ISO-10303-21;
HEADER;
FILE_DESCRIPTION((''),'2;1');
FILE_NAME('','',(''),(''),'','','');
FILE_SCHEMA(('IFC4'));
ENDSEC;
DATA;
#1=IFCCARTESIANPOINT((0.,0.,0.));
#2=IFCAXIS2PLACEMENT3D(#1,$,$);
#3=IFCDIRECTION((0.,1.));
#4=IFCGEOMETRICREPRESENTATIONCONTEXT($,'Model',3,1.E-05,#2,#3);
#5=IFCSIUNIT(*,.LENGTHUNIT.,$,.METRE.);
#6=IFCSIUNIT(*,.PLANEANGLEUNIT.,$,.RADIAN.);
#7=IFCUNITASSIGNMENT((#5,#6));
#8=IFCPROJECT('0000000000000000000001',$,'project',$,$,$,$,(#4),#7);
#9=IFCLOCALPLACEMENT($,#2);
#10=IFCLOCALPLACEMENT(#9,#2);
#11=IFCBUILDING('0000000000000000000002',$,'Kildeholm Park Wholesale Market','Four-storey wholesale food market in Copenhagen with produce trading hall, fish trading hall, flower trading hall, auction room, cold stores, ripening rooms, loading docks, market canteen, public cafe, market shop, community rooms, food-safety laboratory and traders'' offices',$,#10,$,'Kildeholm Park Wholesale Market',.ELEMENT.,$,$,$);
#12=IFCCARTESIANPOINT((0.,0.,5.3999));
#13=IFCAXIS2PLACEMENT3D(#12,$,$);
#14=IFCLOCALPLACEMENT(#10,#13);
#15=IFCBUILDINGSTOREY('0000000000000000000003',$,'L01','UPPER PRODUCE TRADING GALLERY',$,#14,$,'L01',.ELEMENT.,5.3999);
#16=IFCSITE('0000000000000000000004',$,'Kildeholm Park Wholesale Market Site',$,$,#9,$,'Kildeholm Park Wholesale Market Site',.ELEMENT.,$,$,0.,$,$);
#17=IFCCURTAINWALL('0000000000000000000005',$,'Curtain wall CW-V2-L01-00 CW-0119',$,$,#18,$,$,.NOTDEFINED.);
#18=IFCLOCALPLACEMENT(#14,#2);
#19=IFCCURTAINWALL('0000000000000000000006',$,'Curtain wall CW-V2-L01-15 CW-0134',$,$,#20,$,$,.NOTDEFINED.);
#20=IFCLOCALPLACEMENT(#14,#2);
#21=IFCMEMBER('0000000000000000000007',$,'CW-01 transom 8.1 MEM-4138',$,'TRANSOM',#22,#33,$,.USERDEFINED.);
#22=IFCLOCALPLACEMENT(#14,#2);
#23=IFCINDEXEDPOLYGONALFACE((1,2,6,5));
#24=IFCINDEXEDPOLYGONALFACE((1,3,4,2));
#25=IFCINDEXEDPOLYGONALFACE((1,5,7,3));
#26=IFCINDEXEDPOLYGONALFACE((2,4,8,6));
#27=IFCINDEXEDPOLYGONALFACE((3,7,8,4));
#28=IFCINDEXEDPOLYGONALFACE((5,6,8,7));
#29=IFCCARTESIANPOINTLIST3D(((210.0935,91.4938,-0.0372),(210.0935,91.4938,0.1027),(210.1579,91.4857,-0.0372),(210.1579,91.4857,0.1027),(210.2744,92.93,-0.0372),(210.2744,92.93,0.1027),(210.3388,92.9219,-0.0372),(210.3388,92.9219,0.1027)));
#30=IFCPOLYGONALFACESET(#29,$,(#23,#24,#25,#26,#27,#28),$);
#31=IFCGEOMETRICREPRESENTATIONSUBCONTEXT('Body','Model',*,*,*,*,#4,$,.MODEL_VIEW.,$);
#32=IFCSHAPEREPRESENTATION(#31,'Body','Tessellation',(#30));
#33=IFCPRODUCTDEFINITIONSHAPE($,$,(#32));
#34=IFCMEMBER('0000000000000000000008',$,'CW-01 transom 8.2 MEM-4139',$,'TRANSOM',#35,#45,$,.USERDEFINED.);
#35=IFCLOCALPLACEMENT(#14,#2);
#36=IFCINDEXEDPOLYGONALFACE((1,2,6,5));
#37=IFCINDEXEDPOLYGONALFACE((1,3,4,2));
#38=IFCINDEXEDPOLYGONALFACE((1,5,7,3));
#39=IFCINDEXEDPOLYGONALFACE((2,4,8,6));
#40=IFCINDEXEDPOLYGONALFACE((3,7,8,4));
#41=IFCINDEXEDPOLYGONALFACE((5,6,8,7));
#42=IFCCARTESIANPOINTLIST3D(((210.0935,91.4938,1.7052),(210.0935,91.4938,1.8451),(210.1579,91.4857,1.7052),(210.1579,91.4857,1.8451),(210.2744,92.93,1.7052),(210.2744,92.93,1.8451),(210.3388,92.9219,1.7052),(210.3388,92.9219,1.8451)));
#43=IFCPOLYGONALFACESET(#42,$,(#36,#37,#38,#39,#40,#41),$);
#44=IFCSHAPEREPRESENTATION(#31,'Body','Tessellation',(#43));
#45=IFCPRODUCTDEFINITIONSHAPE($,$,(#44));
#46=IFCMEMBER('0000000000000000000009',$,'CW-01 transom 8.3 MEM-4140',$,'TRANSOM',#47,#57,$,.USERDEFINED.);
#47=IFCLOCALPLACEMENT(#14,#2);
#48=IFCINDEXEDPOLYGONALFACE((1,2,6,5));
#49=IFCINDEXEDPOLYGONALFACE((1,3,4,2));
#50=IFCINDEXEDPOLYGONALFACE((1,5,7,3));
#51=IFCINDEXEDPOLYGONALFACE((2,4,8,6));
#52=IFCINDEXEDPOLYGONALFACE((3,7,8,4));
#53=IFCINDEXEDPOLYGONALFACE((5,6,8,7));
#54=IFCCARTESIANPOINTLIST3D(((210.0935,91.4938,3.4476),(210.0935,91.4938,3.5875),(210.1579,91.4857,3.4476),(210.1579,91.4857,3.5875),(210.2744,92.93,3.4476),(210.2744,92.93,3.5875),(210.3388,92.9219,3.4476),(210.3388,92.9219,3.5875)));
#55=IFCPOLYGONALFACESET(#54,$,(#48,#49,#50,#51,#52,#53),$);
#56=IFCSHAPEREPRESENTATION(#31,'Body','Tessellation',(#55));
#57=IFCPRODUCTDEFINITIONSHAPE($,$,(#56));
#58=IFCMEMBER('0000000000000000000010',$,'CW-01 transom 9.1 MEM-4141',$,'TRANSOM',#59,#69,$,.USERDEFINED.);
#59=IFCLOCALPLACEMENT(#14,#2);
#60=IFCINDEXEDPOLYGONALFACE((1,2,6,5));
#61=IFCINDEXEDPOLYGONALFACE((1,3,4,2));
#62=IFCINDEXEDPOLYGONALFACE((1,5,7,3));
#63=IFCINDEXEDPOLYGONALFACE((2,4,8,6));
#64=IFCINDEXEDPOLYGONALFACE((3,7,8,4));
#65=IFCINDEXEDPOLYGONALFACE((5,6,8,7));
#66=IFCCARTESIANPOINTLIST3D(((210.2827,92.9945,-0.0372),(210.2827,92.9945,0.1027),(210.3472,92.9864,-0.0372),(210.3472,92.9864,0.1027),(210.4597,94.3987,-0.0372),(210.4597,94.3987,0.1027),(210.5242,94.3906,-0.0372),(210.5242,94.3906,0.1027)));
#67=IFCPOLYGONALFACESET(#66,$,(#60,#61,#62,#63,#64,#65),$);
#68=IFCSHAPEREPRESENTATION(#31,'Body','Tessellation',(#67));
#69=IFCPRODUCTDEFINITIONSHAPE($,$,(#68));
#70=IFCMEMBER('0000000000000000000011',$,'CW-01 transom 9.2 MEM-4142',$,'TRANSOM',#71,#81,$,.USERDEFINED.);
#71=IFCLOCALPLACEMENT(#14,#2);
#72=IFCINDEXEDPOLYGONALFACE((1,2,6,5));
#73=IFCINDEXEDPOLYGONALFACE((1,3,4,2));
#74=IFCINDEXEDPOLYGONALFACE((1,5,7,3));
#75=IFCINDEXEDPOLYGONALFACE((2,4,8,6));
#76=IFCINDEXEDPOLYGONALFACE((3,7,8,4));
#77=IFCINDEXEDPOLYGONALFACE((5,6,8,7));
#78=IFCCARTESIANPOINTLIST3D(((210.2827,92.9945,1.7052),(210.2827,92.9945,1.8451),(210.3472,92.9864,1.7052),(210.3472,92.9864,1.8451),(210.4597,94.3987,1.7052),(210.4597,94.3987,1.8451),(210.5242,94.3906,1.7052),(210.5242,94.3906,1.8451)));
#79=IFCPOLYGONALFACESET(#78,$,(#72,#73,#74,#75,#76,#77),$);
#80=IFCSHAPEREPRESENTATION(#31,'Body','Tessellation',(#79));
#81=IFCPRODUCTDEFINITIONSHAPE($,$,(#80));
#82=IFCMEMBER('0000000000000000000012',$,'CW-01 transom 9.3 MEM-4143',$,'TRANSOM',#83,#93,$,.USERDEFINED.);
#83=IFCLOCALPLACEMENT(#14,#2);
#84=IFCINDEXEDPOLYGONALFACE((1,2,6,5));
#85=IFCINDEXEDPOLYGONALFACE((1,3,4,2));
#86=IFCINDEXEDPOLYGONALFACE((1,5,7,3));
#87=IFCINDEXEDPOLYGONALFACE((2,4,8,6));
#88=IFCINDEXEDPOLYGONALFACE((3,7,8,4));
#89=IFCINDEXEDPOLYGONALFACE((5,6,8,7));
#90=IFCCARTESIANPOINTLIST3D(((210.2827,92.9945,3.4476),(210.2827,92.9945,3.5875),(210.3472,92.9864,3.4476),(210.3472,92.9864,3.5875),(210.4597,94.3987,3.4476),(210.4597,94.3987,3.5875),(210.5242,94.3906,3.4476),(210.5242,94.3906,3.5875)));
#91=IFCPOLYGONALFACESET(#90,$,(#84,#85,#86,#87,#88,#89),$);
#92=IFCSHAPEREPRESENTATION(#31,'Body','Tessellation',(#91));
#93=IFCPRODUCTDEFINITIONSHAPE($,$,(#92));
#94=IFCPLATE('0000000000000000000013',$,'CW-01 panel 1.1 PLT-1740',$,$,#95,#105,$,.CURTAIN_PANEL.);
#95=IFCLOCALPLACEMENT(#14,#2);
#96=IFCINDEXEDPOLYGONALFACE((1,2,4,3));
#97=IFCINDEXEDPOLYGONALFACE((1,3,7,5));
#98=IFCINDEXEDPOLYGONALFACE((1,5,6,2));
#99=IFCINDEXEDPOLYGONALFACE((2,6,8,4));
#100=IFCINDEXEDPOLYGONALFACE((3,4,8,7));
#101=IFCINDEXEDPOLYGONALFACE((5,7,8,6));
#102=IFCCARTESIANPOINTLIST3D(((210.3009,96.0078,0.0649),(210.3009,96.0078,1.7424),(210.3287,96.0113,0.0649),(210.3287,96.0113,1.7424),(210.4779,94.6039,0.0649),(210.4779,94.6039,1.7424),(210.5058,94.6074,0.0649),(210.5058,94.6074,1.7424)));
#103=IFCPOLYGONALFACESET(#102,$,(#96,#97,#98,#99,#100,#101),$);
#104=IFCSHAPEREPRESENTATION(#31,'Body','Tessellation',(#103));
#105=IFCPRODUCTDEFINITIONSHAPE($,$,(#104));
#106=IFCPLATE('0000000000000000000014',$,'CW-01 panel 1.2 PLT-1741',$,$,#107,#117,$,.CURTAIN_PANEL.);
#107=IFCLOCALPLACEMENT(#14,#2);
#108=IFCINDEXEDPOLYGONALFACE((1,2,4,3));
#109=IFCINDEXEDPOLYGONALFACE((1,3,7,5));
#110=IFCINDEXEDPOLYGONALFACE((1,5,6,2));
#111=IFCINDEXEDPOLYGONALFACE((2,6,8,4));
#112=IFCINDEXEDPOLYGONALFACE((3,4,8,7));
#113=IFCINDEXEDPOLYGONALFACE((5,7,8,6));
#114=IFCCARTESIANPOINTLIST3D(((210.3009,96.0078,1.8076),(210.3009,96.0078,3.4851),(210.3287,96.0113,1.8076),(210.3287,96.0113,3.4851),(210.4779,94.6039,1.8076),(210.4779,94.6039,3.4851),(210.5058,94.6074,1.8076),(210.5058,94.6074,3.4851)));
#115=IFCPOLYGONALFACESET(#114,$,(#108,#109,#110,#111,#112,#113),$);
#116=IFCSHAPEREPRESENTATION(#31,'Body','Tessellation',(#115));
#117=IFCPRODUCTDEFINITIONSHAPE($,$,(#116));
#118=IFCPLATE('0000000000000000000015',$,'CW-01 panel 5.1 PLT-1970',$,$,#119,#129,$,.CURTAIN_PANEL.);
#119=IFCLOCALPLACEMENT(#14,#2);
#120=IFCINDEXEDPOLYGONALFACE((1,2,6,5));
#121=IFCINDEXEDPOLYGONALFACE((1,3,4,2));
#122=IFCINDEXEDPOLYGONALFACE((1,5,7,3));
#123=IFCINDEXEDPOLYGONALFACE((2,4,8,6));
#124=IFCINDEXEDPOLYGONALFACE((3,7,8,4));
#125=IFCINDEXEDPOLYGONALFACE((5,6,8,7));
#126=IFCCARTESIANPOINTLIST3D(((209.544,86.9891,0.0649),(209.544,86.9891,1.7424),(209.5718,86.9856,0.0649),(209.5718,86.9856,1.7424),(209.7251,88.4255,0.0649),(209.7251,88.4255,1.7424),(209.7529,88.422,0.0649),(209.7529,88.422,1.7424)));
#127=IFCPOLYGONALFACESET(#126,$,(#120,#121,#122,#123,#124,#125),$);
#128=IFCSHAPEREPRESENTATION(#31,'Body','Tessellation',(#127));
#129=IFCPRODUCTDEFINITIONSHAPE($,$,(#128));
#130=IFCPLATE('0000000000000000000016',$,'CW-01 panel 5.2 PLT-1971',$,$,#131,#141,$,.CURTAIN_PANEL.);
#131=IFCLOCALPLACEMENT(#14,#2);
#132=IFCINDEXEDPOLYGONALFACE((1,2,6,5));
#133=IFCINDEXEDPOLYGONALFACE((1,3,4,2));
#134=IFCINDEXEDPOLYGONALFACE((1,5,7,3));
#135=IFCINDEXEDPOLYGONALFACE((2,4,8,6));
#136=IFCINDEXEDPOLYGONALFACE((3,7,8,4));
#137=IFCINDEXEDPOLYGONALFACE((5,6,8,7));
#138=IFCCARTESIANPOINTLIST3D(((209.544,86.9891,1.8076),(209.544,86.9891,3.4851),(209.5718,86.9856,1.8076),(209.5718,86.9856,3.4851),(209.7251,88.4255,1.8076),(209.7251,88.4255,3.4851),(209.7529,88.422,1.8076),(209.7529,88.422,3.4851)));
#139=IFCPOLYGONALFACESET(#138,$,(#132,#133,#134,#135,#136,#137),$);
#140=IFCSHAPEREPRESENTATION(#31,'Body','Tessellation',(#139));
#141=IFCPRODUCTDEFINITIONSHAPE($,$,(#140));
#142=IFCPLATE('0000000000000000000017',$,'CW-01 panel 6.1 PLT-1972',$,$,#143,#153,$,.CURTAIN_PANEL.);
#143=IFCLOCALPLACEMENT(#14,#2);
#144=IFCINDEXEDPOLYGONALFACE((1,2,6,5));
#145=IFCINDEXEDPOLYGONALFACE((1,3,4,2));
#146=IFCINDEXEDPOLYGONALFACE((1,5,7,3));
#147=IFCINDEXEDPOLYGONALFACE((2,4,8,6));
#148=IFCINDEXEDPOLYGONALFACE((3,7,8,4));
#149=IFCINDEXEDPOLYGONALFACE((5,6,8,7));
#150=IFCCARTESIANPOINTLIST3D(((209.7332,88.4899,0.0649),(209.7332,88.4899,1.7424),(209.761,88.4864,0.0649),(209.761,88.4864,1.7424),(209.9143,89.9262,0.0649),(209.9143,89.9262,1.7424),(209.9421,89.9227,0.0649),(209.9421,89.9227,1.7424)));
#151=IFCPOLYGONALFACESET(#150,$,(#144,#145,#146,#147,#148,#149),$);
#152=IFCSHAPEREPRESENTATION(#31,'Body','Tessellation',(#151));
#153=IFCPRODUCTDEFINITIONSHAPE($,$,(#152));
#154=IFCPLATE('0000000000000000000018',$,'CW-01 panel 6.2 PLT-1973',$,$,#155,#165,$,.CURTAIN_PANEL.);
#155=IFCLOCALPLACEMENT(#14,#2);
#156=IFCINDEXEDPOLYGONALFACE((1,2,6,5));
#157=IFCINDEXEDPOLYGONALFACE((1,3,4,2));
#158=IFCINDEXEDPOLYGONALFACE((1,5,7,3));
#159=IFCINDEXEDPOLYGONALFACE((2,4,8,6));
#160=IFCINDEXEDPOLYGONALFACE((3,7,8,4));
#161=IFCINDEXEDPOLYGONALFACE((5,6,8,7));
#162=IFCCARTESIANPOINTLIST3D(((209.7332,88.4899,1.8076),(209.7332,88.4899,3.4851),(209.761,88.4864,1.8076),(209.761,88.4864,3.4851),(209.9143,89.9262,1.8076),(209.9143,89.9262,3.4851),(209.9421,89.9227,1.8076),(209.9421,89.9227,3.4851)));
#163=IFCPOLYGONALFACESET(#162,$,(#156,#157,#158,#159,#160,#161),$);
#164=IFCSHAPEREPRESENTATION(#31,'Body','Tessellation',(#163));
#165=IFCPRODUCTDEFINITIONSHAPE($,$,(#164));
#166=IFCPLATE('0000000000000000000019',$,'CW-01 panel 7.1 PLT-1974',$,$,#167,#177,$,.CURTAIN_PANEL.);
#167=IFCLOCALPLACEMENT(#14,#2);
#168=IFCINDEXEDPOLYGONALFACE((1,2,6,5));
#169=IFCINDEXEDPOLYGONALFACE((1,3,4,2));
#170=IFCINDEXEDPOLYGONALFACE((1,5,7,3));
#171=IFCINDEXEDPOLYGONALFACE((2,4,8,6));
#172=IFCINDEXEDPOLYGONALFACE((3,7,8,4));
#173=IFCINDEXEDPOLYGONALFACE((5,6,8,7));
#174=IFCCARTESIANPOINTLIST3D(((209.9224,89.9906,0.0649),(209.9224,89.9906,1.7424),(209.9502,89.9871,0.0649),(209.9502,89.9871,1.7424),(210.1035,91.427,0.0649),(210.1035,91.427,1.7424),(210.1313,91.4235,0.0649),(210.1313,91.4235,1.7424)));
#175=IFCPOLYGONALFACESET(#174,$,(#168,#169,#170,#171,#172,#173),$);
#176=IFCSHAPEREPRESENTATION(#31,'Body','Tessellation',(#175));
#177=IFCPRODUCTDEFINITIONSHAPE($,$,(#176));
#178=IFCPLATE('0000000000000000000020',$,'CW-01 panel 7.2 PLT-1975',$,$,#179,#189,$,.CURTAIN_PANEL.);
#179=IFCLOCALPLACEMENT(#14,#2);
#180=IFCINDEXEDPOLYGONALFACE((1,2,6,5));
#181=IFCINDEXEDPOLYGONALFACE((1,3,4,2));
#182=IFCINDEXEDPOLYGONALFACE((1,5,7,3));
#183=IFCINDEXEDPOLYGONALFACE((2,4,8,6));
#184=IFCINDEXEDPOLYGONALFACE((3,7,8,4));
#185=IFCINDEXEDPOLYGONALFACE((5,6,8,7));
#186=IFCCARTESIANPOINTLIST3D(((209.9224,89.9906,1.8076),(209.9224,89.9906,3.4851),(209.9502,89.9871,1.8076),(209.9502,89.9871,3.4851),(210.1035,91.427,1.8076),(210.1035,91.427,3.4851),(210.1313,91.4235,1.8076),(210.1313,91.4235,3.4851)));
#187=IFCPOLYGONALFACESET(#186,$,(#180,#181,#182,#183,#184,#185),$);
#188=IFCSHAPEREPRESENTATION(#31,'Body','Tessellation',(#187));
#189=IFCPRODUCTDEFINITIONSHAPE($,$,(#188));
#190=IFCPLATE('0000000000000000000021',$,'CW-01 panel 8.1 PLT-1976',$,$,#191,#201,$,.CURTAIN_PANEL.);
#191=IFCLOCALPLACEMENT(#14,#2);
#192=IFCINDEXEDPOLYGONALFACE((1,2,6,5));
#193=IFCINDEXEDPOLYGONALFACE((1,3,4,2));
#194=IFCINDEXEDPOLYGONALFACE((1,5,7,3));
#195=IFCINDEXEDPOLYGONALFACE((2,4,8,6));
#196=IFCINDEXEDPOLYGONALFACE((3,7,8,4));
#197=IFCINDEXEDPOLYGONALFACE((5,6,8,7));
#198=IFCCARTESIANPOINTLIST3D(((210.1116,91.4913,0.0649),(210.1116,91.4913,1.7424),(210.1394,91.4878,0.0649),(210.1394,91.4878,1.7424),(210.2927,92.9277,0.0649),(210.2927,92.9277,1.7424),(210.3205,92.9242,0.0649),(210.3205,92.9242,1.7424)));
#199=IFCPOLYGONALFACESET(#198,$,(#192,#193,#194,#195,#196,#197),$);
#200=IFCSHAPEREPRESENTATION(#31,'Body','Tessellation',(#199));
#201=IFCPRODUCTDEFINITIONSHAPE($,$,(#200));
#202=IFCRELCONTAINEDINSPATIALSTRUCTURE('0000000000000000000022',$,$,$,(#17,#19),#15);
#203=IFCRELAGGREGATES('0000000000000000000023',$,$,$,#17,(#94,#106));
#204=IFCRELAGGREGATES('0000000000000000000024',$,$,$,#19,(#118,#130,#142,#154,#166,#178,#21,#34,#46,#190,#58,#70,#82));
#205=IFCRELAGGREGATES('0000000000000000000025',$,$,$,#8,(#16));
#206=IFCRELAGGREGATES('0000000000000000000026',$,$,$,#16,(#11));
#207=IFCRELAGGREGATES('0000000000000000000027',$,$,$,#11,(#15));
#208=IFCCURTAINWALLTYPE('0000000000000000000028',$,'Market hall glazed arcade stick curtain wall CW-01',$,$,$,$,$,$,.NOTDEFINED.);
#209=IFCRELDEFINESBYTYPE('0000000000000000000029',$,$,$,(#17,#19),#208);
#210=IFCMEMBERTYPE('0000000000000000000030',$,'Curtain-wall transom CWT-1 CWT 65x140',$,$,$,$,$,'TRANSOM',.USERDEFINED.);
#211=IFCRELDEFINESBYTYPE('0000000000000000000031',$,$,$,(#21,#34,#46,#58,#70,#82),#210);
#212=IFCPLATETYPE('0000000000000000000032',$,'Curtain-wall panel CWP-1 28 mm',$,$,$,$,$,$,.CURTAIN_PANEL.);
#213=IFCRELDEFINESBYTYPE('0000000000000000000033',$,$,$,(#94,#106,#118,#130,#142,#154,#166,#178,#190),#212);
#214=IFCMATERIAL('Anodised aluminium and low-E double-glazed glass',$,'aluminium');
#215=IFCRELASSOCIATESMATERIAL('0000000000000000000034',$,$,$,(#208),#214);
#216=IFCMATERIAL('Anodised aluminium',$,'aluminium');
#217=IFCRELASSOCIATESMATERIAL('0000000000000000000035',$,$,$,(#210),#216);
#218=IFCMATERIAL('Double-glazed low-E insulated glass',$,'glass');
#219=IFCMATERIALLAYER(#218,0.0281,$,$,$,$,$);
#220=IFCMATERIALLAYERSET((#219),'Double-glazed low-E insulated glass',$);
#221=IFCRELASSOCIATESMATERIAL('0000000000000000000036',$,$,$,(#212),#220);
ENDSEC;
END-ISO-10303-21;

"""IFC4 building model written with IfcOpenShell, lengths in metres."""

from ifc_helpers import new_model, si_unit, direction, frame, origin, origin_2d, place, context, subcontext, project, spatial, rectangle, extrude, material, layer, layer_set, material_profile, profile_set, type_object, element, aggregate, save


model = new_model("IFC4")

# Units and contexts
model_context = context("Model", 3, precision=1e-05, world=origin(), true_north=direction((0.0, 1.0)))
body_context = subcontext(model_context, "Body", "Model", "MODEL_VIEW")
ifc_project = project(units=[si_unit("LENGTHUNIT", "METRE"), si_unit("PLANEANGLEUNIT", "RADIAN")], contexts=[model_context])

# Site, building, storey
site_placement = place(None, origin())
site = spatial("IfcSite", under=ifc_project, at=site_placement, Name="Kildeholm Park Wholesale Market Site", LongName="Kildeholm Park Wholesale Market Site", CompositionType="ELEMENT", RefElevation=0.0)
building_placement = place(site_placement, origin())
building = spatial("IfcBuilding", under=site, at=building_placement, Name="Kildeholm Park Wholesale Market", Description="Four-storey wholesale food market in Copenhagen with produce trading hall, fish trading hall, flower trading hall, auction room, cold stores, ripening rooms, loading docks, market canteen, public cafe, market shop, community rooms, food-safety laboratory and traders' offices", LongName="Kildeholm Park Wholesale Market", CompositionType="ELEMENT")
storey_placement = place(building_placement, frame((0.0, 0.0, 5.3999)))
storey = spatial("IfcBuildingStorey", under=building, at=storey_placement, Name="L01", Description="UPPER PRODUCE TRADING GALLERY", LongName="L01", CompositionType="ELEMENT", Elevation=5.3999)

# Curtain walls
ifc_material_1 = material(Name="Anodised aluminium and low-E double-glazed glass", Category="aluminium")
curtain_wall_type = type_object("IfcCurtainWallType", Name="Market hall glazed arcade stick curtain wall CW-01", PredefinedType="NOTDEFINED", material=ifc_material_1)
curtain_wall_1_placement = place(storey_placement, origin())
curtain_wall_1 = element("IfcCurtainWall", 1, at=curtain_wall_1_placement, inside=storey, type_object=curtain_wall_type, Name="Curtain wall CW-V2-L01-00 CW-0119", PredefinedType="NOTDEFINED")
ifc_material_2 = material(Name="Anodised aluminium", Category="aluminium")
curtain_wall_2_placement = place(storey_placement, origin())
curtain_wall_2 = element("IfcCurtainWall", 2, at=curtain_wall_2_placement, inside=storey, type_object=curtain_wall_type, Name="Curtain wall CW-V2-L01-15 CW-0134", PredefinedType="NOTDEFINED")

# Members
ifc_material_profile_1 = material_profile(ifc_material_2, rectangle(XDim=0.0649, YDim=0.1399, at=origin_2d()), Name="CWT 65x140")
ifc_profile_set_1 = profile_set([ifc_material_profile_1], Name="Anodised aluminium")
member_type_1 = type_object("IfcMemberType", Name="Curtain-wall transom CWT-1 CWT 65x140", ElementType="TRANSOM", PredefinedType="USERDEFINED", material=ifc_profile_set_1)
member_1_placement = place(storey_placement, frame((210.1257, 91.4897, 0.0327), z_axis=(0.124969, 0.992161, 0.0), x_axis=(-0.992161, 0.124969, 0.0)))
member_1 = element("IfcMember", 3, at=member_1_placement, type_object=member_type_1, Name="CW-01 transom 8.1 MEM-4138", ObjectType="TRANSOM", PredefinedType="USERDEFINED", context=body_context, shape_type="SweptSolid", body=[
    extrude(rectangle(XDim=0.0649, YDim=0.1399, at=origin_2d()), origin(), (0.0, 0.0, 1.0), 1.4475),
])
member_2_placement = place(storey_placement, frame((210.1257, 91.4897, 1.7751), z_axis=(0.124969, 0.992161, 0.0), x_axis=(-0.992161, 0.124969, 0.0)))
member_2 = element("IfcMember", 4, at=member_2_placement, type_object=member_type_1, Name="CW-01 transom 8.2 MEM-4139", ObjectType="TRANSOM", PredefinedType="USERDEFINED", context=body_context, shape_type="SweptSolid", body=[
    extrude(rectangle(XDim=0.0649, YDim=0.1399, at=origin_2d()), origin(), (0.0, 0.0, 1.0), 1.4475),
])
member_3_placement = place(storey_placement, frame((210.1257, 91.4897, 3.5176), z_axis=(0.124969, 0.992161, 0.0), x_axis=(-0.992161, 0.124969, 0.0)))
member_3 = element("IfcMember", 5, at=member_3_placement, type_object=member_type_1, Name="CW-01 transom 8.3 MEM-4140", ObjectType="TRANSOM", PredefinedType="USERDEFINED", context=body_context, shape_type="SweptSolid", body=[
    extrude(rectangle(XDim=0.0649, YDim=0.1399, at=origin_2d()), origin(), (0.0, 0.0, 1.0), 1.4475),
])
member_4_placement = place(storey_placement, frame((210.3149, 92.9905, 0.0327), z_axis=(0.125075, 0.992147, 0.0), x_axis=(-0.992147, 0.125075, 0.0)))
member_4 = element("IfcMember", 6, at=member_4_placement, type_object=member_type_1, Name="CW-01 transom 9.1 MEM-4141", ObjectType="TRANSOM", PredefinedType="USERDEFINED", context=body_context, shape_type="SweptSolid", body=[
    extrude(rectangle(XDim=0.0649, YDim=0.1399, at=origin_2d()), origin(), (0.0, 0.0, 1.0), 1.4153),
])
member_5_placement = place(storey_placement, frame((210.3149, 92.9905, 1.7751), z_axis=(0.125075, 0.992147, 0.0), x_axis=(-0.992147, 0.125075, 0.0)))
member_5 = element("IfcMember", 7, at=member_5_placement, type_object=member_type_1, Name="CW-01 transom 9.2 MEM-4142", ObjectType="TRANSOM", PredefinedType="USERDEFINED", context=body_context, shape_type="SweptSolid", body=[
    extrude(rectangle(XDim=0.0649, YDim=0.1399, at=origin_2d()), origin(), (0.0, 0.0, 1.0), 1.4153),
])
member_6_placement = place(storey_placement, frame((210.3149, 92.9905, 3.5176), z_axis=(0.125075, 0.992147, 0.0), x_axis=(-0.992147, 0.125075, 0.0)))
member_6 = element("IfcMember", 8, at=member_6_placement, type_object=member_type_1, Name="CW-01 transom 9.3 MEM-4143", ObjectType="TRANSOM", PredefinedType="USERDEFINED", context=body_context, shape_type="SweptSolid", body=[
    extrude(rectangle(XDim=0.0649, YDim=0.1399, at=origin_2d()), origin(), (0.0, 0.0, 1.0), 1.4153),
])

# Plates
ifc_material_3 = material(Name="Double-glazed low-E insulated glass", Category="glass")
ifc_layer = layer(ifc_material_3, 0.0281)
ifc_layer_set = layer_set([ifc_layer], Name="Double-glazed low-E insulated glass")
plate_type = type_object("IfcPlateType", Name="Curtain-wall panel CWP-1 28 mm", PredefinedType="CURTAIN_PANEL", material=ifc_layer_set)
plate_1_placement = place(storey_placement, frame((210.4033, 95.3076, 0.0649), z_axis=(0.0, 0.0, 1.0), x_axis=(-0.125092, 0.992145, 0.0)))
plate_1 = element("IfcPlate", 9, at=plate_1_placement, type_object=plate_type, Name="CW-01 panel 1.1 PLT-1740", PredefinedType="CURTAIN_PANEL", context=body_context, shape_type="SweptSolid", body=[
    extrude(rectangle(XDim=1.415, YDim=0.0281, at=origin_2d()), origin(), (0.0, 0.0, 1.0), 1.6775),
])
plate_2_placement = place(storey_placement, frame((210.4033, 95.3076, 1.8076), z_axis=(0.0, 0.0, 1.0), x_axis=(-0.125092, 0.992145, 0.0)))
plate_2 = element("IfcPlate", 10, at=plate_2_placement, type_object=plate_type, Name="CW-01 panel 1.2 PLT-1741", PredefinedType="CURTAIN_PANEL", context=body_context, shape_type="SweptSolid", body=[
    extrude(rectangle(XDim=1.415, YDim=0.0281, at=origin_2d()), origin(), (0.0, 0.0, 1.0), 1.6775),
])
aggregate(curtain_wall_1, [plate_1, plate_2])
plate_3_placement = place(storey_placement, frame((209.6484, 87.7056, 0.0649), z_axis=(0.0, 0.0, 1.0), x_axis=(0.125092, 0.992145, 0.0)))
plate_3 = element("IfcPlate", 11, at=plate_3_placement, type_object=plate_type, Name="CW-01 panel 5.1 PLT-1970", PredefinedType="CURTAIN_PANEL", context=body_context, shape_type="SweptSolid", body=[
    extrude(rectangle(XDim=1.4478, YDim=0.0281, at=origin_2d()), origin(), (0.0, 0.0, 1.0), 1.6775),
])
plate_4_placement = place(storey_placement, frame((209.6484, 87.7056, 1.8076), z_axis=(0.0, 0.0, 1.0), x_axis=(0.125092, 0.992145, 0.0)))
plate_4 = element("IfcPlate", 12, at=plate_4_placement, type_object=plate_type, Name="CW-01 panel 5.2 PLT-1971", PredefinedType="CURTAIN_PANEL", context=body_context, shape_type="SweptSolid", body=[
    extrude(rectangle(XDim=1.4478, YDim=0.0281, at=origin_2d()), origin(), (0.0, 0.0, 1.0), 1.6775),
])
plate_5_placement = place(storey_placement, frame((209.8376, 89.2063, 0.0649), z_axis=(0.0, 0.0, 1.0), x_axis=(0.125092, 0.992145, 0.0)))
plate_5 = element("IfcPlate", 13, at=plate_5_placement, type_object=plate_type, Name="CW-01 panel 6.1 PLT-1972", PredefinedType="CURTAIN_PANEL", context=body_context, shape_type="SweptSolid", body=[
    extrude(rectangle(XDim=1.4478, YDim=0.0281, at=origin_2d()), origin(), (0.0, 0.0, 1.0), 1.6775),
])
plate_6_placement = place(storey_placement, frame((209.8376, 89.2063, 1.8076), z_axis=(0.0, 0.0, 1.0), x_axis=(0.125092, 0.992145, 0.0)))
plate_6 = element("IfcPlate", 14, at=plate_6_placement, type_object=plate_type, Name="CW-01 panel 6.2 PLT-1973", PredefinedType="CURTAIN_PANEL", context=body_context, shape_type="SweptSolid", body=[
    extrude(rectangle(XDim=1.4478, YDim=0.0281, at=origin_2d()), origin(), (0.0, 0.0, 1.0), 1.6775),
])
plate_7_placement = place(storey_placement, frame((210.0269, 90.707, 0.0649), z_axis=(0.0, 0.0, 1.0), x_axis=(0.125092, 0.992145, 0.0)))
plate_7 = element("IfcPlate", 15, at=plate_7_placement, type_object=plate_type, Name="CW-01 panel 7.1 PLT-1974", PredefinedType="CURTAIN_PANEL", context=body_context, shape_type="SweptSolid", body=[
    extrude(rectangle(XDim=1.4478, YDim=0.0281, at=origin_2d()), origin(), (0.0, 0.0, 1.0), 1.6775),
])
plate_8_placement = place(storey_placement, frame((210.0269, 90.707, 1.8076), z_axis=(0.0, 0.0, 1.0), x_axis=(0.125092, 0.992145, 0.0)))
plate_8 = element("IfcPlate", 16, at=plate_8_placement, type_object=plate_type, Name="CW-01 panel 7.2 PLT-1975", PredefinedType="CURTAIN_PANEL", context=body_context, shape_type="SweptSolid", body=[
    extrude(rectangle(XDim=1.4478, YDim=0.0281, at=origin_2d()), origin(), (0.0, 0.0, 1.0), 1.6775),
])
plate_9_placement = place(storey_placement, frame((210.2161, 92.2078, 0.0649), z_axis=(0.0, 0.0, 1.0), x_axis=(0.125092, 0.992145, 0.0)))
plate_9 = element("IfcPlate", 17, at=plate_9_placement, type_object=plate_type, Name="CW-01 panel 8.1 PLT-1976", PredefinedType="CURTAIN_PANEL", context=body_context, shape_type="SweptSolid", body=[
    extrude(rectangle(XDim=1.4478, YDim=0.0281, at=origin_2d()), origin(), (0.0, 0.0, 1.0), 1.6775),
])
aggregate(curtain_wall_2, [plate_3, plate_4, plate_5, plate_6, plate_7, plate_8, member_1, member_2, member_3, plate_9, member_4, member_5, member_6])

save(model, "model.ifc")
